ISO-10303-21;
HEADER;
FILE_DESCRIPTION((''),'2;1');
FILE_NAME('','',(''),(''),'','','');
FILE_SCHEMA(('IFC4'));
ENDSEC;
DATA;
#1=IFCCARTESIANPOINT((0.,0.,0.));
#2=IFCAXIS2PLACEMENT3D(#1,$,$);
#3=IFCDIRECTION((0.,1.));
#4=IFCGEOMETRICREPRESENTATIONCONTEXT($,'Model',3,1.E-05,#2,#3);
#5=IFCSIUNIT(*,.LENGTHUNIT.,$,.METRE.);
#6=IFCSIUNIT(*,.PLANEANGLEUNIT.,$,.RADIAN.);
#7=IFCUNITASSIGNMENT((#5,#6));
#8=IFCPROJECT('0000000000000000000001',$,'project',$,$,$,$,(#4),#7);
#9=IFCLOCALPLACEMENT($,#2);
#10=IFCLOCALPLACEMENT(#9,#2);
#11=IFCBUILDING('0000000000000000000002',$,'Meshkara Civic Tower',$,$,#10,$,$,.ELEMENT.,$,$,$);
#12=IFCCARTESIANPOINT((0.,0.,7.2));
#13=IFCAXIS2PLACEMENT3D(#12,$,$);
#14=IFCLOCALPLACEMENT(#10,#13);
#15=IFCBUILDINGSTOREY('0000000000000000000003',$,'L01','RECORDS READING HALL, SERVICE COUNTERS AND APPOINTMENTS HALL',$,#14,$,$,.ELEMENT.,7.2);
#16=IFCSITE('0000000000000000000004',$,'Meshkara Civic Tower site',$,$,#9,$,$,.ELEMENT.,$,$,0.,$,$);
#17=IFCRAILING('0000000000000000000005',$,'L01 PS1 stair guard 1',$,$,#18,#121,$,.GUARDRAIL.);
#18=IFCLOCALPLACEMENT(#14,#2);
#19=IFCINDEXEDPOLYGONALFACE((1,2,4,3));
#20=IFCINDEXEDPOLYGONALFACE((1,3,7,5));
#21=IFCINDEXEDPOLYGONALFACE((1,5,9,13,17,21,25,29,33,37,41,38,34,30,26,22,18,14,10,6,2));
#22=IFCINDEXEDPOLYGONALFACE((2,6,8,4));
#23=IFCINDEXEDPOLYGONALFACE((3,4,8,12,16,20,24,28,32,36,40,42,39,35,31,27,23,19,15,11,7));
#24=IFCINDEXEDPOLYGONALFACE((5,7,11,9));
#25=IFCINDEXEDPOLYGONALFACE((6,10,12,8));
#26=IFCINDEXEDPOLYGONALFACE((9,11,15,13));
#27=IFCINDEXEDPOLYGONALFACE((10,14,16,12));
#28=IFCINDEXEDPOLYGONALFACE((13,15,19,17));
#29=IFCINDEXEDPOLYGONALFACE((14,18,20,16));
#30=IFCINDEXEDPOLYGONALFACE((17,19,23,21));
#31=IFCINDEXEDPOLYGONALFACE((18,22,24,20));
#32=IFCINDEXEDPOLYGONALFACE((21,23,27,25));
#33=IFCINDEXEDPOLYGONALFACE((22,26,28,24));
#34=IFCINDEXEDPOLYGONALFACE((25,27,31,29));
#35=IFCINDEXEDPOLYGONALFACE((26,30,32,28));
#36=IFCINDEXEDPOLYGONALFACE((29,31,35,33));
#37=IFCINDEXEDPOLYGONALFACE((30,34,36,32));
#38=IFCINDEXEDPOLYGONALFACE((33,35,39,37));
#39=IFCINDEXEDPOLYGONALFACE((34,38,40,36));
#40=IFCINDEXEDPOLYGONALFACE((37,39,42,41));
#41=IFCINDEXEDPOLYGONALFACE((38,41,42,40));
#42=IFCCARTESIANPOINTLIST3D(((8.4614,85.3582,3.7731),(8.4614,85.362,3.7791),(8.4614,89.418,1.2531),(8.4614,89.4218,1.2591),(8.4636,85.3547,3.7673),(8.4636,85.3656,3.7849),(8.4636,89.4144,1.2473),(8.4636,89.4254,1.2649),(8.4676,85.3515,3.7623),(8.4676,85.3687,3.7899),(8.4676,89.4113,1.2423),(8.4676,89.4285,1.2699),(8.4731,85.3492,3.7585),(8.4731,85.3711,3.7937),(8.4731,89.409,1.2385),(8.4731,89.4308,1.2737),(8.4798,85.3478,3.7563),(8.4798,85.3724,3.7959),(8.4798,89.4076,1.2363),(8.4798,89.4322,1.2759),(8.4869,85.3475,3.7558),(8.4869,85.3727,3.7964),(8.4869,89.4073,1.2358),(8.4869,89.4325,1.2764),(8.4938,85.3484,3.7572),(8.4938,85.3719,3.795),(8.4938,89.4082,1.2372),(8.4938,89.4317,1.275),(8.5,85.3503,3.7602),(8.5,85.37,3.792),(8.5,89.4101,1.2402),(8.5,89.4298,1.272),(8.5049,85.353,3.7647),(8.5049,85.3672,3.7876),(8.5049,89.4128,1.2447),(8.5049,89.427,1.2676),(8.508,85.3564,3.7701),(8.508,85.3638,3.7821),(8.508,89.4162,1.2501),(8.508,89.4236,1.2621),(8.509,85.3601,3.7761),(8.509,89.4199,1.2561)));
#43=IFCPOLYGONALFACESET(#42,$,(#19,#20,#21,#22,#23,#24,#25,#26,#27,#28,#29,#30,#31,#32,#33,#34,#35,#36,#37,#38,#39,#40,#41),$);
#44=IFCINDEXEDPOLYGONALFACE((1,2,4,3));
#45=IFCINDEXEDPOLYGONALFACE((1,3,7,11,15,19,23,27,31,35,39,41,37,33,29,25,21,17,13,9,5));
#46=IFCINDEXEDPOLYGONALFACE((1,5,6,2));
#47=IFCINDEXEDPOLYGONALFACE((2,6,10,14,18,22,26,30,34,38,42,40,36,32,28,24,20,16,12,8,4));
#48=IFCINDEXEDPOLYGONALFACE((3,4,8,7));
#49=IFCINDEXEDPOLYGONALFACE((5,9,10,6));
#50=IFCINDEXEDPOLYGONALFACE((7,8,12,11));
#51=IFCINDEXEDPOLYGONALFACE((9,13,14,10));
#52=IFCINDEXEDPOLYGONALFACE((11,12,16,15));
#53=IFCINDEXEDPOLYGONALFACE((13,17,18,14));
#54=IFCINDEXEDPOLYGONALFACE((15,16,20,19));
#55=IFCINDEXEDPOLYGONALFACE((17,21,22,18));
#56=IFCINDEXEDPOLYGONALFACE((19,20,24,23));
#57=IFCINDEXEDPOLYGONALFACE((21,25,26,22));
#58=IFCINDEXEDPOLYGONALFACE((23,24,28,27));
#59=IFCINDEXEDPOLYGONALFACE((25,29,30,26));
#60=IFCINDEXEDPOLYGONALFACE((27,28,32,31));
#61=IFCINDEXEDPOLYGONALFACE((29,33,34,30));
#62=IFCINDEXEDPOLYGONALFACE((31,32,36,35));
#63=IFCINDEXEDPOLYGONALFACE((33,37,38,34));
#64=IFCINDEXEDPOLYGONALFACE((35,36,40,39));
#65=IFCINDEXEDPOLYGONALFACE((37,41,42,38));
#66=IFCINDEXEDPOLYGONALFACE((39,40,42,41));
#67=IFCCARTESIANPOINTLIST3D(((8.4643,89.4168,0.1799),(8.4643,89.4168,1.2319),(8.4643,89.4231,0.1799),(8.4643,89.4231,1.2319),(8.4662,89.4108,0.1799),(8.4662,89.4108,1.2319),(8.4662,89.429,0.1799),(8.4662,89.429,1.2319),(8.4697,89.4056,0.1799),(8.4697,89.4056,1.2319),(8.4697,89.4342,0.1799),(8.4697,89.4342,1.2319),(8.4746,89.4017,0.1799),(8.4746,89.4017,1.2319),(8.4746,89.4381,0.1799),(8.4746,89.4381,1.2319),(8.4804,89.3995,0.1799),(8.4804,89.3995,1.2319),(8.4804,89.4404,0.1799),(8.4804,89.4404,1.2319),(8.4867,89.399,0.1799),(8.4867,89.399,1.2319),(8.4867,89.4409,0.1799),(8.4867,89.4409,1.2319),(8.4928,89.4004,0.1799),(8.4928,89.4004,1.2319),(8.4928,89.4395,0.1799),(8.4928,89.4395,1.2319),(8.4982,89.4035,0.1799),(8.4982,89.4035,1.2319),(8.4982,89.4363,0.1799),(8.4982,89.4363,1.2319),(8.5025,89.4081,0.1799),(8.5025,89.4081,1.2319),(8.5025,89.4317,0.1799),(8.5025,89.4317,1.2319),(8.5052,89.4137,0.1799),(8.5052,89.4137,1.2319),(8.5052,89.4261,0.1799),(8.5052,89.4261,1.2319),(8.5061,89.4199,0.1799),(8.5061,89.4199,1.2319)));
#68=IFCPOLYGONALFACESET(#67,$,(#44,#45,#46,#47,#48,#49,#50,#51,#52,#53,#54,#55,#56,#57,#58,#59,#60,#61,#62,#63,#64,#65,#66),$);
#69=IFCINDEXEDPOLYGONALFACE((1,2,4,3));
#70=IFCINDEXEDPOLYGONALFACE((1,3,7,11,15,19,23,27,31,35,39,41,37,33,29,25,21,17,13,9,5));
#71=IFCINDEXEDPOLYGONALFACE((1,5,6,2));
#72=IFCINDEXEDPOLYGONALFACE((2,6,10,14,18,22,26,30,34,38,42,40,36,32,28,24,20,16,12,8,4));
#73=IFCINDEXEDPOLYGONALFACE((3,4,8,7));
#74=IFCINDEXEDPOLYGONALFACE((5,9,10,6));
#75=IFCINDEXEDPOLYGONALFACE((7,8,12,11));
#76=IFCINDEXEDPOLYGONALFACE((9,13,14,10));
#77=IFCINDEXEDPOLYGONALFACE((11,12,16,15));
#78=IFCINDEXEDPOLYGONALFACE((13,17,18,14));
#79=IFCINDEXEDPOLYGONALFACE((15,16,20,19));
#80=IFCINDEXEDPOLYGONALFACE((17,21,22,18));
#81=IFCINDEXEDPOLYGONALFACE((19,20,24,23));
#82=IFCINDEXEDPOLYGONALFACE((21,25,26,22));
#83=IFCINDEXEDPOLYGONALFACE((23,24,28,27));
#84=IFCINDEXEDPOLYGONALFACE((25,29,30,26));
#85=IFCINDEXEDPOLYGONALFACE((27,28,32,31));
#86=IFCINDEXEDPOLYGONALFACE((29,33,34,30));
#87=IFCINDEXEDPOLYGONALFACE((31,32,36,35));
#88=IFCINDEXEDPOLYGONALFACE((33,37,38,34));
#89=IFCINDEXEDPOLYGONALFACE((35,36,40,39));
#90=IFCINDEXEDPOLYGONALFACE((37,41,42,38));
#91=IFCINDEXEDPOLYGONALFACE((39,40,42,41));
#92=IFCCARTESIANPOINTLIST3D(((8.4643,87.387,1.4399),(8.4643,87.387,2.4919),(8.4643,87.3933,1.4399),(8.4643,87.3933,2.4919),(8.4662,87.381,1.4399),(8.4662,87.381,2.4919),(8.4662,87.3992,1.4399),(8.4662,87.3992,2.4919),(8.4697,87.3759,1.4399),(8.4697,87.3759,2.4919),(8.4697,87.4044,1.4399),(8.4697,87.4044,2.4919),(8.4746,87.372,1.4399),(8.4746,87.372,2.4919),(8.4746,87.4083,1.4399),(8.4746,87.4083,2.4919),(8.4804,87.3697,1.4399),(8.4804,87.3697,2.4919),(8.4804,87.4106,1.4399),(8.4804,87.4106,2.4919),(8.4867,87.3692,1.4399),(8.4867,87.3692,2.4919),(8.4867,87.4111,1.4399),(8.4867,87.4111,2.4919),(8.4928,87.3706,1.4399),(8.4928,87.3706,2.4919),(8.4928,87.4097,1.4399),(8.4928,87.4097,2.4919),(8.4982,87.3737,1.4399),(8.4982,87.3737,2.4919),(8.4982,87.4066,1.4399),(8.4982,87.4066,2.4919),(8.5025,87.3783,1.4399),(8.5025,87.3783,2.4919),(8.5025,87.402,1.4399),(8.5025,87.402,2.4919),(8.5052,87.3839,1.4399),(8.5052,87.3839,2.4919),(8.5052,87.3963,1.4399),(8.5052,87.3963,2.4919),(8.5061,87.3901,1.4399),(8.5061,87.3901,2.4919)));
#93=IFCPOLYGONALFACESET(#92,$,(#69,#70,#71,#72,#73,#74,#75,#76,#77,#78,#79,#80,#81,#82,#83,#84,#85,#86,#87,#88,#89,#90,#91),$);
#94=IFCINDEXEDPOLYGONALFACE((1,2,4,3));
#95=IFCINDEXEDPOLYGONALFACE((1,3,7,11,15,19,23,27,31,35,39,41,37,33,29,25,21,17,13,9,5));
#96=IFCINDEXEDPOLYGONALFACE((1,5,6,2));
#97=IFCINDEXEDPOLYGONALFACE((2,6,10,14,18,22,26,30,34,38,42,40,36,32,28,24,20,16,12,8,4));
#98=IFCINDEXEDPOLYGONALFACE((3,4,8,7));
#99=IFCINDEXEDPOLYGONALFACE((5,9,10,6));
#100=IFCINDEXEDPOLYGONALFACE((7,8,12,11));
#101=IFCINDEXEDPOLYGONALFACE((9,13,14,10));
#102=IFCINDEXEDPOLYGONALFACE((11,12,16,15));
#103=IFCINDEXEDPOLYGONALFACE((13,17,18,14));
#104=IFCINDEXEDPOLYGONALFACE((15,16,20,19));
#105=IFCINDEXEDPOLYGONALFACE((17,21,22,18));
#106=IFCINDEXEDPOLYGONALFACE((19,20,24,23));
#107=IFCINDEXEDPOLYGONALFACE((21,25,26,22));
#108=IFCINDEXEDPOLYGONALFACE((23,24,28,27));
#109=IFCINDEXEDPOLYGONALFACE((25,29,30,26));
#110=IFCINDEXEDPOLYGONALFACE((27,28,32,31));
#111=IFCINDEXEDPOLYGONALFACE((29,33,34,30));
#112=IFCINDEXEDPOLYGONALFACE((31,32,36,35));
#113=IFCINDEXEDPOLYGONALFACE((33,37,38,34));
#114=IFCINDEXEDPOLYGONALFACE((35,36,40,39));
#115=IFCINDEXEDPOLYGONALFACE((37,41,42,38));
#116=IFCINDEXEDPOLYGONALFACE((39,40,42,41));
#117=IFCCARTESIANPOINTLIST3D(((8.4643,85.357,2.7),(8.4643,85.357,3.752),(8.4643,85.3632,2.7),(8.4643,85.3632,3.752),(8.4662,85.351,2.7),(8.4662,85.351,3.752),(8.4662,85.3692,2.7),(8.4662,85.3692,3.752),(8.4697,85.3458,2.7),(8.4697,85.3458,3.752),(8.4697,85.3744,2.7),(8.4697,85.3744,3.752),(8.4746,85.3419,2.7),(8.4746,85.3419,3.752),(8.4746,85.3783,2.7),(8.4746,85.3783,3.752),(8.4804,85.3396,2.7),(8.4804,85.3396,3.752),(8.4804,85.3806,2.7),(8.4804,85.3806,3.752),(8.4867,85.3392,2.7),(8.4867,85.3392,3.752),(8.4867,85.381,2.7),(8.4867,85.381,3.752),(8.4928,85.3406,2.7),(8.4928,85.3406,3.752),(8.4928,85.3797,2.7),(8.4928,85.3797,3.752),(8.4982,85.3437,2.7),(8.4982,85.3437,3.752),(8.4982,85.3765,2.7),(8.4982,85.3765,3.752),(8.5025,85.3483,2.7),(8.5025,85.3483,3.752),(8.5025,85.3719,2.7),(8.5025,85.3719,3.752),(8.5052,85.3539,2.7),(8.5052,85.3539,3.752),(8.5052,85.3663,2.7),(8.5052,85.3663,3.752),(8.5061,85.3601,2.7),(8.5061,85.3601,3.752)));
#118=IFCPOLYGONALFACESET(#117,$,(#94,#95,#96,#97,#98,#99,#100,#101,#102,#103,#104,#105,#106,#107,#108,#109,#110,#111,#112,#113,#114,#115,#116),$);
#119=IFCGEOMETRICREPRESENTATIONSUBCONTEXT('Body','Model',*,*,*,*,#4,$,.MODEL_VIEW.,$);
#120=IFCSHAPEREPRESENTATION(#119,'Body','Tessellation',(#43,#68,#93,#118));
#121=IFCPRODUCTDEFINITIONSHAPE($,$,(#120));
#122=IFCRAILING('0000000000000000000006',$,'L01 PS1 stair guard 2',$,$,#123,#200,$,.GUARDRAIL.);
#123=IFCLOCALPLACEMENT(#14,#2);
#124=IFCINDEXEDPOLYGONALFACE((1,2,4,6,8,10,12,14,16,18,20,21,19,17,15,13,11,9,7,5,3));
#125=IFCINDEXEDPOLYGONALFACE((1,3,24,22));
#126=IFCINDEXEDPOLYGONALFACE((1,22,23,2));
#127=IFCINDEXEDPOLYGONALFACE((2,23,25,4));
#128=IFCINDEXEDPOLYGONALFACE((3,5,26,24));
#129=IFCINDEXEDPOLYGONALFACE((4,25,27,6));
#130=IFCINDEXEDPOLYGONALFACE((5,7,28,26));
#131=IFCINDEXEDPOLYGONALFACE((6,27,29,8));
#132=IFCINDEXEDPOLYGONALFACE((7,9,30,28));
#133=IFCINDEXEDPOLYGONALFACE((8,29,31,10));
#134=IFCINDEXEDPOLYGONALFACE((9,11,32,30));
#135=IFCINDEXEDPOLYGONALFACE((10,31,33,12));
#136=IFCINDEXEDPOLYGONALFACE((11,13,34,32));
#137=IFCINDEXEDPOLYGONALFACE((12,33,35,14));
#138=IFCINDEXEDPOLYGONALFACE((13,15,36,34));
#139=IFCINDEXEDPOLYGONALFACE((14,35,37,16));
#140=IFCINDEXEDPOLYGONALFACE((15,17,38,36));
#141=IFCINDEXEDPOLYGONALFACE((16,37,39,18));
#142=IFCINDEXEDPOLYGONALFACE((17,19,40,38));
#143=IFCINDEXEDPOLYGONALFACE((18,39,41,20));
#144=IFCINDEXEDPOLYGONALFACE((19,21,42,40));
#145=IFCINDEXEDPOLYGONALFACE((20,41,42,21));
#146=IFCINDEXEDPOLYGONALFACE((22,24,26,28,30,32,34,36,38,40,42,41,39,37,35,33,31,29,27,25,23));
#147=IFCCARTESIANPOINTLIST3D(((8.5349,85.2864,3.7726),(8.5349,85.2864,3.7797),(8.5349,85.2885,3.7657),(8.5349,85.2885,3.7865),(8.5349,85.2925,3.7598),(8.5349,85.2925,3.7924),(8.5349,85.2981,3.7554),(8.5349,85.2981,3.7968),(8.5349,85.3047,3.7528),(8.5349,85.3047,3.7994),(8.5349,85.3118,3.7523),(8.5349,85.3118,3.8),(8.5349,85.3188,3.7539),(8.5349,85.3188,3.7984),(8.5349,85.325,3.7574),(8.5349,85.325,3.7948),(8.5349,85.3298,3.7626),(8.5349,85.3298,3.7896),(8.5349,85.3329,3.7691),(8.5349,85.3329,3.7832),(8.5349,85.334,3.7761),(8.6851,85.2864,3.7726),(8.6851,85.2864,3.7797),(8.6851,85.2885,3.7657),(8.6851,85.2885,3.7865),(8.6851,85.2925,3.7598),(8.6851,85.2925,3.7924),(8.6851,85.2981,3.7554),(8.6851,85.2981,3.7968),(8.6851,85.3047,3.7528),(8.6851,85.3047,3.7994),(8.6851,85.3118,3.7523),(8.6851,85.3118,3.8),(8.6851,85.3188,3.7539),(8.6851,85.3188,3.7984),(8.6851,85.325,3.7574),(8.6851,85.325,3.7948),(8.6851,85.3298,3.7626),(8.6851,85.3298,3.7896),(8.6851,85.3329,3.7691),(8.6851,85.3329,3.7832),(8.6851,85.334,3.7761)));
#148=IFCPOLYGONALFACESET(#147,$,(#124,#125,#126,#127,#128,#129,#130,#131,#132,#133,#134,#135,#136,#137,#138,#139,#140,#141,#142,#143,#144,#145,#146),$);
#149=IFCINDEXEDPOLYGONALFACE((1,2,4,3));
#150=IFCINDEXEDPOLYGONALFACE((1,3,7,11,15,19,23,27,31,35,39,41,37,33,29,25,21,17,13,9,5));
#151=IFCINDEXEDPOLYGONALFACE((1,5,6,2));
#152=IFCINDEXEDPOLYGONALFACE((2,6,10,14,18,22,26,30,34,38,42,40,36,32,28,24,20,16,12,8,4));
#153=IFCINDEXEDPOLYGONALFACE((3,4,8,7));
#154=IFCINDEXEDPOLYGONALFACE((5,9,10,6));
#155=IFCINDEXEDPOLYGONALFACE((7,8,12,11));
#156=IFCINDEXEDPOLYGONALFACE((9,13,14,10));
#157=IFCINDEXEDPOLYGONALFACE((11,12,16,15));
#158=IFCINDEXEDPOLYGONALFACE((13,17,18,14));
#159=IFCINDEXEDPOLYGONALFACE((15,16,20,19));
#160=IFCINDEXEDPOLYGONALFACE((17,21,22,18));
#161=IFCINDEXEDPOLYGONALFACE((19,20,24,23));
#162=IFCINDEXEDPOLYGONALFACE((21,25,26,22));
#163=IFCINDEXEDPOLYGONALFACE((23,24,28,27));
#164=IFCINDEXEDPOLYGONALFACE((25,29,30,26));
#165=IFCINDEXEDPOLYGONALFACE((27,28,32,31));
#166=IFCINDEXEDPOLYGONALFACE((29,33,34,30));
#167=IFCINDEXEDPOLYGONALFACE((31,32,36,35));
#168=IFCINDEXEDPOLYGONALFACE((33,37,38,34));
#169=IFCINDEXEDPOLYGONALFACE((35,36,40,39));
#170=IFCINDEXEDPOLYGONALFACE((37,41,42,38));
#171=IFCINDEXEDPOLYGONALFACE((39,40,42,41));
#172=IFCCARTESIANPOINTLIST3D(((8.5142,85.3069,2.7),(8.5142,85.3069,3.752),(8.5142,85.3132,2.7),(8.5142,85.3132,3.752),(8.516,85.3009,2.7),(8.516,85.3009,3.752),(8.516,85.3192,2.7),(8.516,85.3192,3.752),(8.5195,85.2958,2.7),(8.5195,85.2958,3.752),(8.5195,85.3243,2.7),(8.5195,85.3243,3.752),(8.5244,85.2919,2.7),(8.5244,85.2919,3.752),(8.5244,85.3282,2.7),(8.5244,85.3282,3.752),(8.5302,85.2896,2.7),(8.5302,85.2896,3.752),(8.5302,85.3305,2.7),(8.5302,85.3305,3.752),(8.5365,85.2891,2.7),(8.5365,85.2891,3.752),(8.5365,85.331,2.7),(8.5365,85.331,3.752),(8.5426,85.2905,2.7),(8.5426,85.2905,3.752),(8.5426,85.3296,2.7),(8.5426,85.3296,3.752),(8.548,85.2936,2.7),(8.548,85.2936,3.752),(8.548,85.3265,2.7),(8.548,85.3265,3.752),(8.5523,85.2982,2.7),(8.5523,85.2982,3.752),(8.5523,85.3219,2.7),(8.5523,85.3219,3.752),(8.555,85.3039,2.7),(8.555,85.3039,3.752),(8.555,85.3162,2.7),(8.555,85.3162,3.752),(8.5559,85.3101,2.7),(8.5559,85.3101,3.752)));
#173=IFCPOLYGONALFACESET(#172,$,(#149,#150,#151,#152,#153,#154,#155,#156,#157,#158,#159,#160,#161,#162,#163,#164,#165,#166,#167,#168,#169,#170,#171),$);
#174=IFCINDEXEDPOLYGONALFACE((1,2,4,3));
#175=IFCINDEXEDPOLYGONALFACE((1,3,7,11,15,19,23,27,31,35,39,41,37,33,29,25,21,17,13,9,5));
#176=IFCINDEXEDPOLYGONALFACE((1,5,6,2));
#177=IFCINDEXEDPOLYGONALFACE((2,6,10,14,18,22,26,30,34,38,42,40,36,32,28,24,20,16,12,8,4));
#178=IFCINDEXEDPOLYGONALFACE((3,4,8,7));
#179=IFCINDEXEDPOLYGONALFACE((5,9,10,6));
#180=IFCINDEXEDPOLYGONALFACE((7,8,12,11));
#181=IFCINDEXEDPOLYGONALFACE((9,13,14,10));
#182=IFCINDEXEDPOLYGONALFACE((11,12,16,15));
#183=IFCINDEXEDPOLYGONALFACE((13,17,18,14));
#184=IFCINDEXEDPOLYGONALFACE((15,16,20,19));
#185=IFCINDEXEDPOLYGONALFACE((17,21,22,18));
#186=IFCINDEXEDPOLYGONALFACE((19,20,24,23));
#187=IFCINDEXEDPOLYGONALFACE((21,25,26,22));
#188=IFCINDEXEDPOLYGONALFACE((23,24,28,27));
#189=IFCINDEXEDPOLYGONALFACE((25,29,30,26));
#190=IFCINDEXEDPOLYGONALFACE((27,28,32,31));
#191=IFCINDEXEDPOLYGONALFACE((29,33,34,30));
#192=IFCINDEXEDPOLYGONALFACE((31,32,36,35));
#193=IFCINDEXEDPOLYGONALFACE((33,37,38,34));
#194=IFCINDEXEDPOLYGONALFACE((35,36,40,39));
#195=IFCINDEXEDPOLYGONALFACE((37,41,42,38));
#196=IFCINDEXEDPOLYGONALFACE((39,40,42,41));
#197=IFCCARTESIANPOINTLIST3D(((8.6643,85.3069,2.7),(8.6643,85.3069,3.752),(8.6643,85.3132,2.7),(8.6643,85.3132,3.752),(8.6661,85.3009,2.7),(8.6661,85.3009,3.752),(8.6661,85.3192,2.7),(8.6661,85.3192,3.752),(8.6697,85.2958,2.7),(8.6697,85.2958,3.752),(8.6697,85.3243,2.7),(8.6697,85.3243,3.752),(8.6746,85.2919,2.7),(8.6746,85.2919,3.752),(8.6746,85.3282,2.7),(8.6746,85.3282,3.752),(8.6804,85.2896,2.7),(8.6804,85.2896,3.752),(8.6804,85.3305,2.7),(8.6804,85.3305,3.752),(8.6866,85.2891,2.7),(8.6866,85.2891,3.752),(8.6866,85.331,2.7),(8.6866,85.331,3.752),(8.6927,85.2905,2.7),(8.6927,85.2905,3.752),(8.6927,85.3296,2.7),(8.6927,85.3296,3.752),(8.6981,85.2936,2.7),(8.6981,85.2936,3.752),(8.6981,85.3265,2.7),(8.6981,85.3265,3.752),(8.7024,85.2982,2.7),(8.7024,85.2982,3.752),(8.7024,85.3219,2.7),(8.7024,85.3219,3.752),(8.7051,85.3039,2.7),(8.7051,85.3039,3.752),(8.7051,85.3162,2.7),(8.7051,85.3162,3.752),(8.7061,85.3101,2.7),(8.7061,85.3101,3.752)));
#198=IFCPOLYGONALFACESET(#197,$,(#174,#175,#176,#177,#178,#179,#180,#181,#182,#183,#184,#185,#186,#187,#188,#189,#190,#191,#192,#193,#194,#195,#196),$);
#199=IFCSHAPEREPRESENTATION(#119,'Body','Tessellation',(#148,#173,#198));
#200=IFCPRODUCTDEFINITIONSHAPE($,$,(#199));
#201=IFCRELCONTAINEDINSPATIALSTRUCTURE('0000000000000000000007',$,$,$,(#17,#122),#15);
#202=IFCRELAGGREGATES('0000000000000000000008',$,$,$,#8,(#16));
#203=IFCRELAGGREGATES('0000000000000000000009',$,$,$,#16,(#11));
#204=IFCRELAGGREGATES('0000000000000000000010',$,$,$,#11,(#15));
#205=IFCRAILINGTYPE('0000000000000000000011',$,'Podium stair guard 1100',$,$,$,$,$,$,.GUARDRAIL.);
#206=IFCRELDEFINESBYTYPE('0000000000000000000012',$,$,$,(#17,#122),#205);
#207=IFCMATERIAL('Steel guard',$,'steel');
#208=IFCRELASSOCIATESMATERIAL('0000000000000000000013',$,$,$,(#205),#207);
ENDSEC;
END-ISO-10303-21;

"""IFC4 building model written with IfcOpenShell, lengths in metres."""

from ifc_helpers import new_model, si_unit, direction, frame, origin, origin_2d, place, context, subcontext, project, spatial, circle, extrude, material, type_object, element, save


model = new_model("IFC4")

# Units and contexts
model_context = context("Model", 3, precision=1e-05, world=origin(), true_north=direction((0.0, 1.0)))
body_context = subcontext(model_context, "Body", "Model", "MODEL_VIEW")
ifc_project = project(units=[si_unit("LENGTHUNIT", "METRE"), si_unit("PLANEANGLEUNIT", "RADIAN")], contexts=[model_context])

# Site, building, storey
site_placement = place(None, origin())
site = spatial("IfcSite", under=ifc_project, at=site_placement, Name="Meshkara Civic Tower site", CompositionType="ELEMENT", RefElevation=0.0)
building_placement = place(site_placement, origin())
building = spatial("IfcBuilding", under=site, at=building_placement, Name="Meshkara Civic Tower", CompositionType="ELEMENT")
storey_placement = place(building_placement, frame((0.0, 0.0, 7.2)))
storey = spatial("IfcBuildingStorey", under=building, at=storey_placement, Name="L01", Description="RECORDS READING HALL, SERVICE COUNTERS AND APPOINTMENTS HALL", CompositionType="ELEMENT", Elevation=7.2)

# Railings
ifc_material_1 = material(Name="Steel guard", Category="steel")
railing_type_1 = type_object("IfcRailingType", Name="Podium stair guard 1100", PredefinedType="GUARDRAIL", material=ifc_material_1)
railing_1_placement = place(storey_placement, frame((8.4851, 89.4199, 0.1799)))
element("IfcRailing", 1, at=railing_1_placement, inside=storey, type_object=railing_type_1, Name="L01 PS1 stair guard 1", PredefinedType="GUARDRAIL", context=body_context, shape_type="SweptSolid", body=[
    extrude(circle(Radius=0.0239, at=origin_2d()), frame((0.0, 0.0, 1.0762), z_axis=(0.0, -0.849628, 0.527383), x_axis=(1.0, 0.0, 0.0)), (0.0, 0.0, 1.0), 4.7783),
    extrude(circle(Radius=0.021, at=origin_2d()), origin(), (0.0, 0.0, 1.0), 1.052),
    extrude(circle(Radius=0.021, at=origin_2d()), frame((0.0, -2.0298, 1.26)), (0.0, 0.0, 1.0), 1.052),
    extrude(circle(Radius=0.021, at=origin_2d()), frame((0.0, -4.0598, 2.52)), (0.0, 0.0, 1.0), 1.052),
])
railing_2_placement = place(storey_placement, frame((8.5349, 85.3101, 2.7)))
element("IfcRailing", 2, at=railing_2_placement, inside=storey, type_object=railing_type_1, Name="L01 PS1 stair guard 2", PredefinedType="GUARDRAIL", context=body_context, shape_type="SweptSolid", body=[
    extrude(circle(Radius=0.0239, at=origin_2d()), frame((0.0, 0.0, 1.0762), z_axis=(1.0, 0.0, 0.0), x_axis=(0.0, 1.0, 0.0)), (0.0, 0.0, 1.0), 0.1501),
    extrude(circle(Radius=0.021, at=origin_2d()), origin(), (0.0, 0.0, 1.0), 1.052),
    extrude(circle(Radius=0.021, at=origin_2d()), frame((0.1501, 0.0, 0.0)), (0.0, 0.0, 1.0), 1.052),
])

save(model, "model.ifc")
